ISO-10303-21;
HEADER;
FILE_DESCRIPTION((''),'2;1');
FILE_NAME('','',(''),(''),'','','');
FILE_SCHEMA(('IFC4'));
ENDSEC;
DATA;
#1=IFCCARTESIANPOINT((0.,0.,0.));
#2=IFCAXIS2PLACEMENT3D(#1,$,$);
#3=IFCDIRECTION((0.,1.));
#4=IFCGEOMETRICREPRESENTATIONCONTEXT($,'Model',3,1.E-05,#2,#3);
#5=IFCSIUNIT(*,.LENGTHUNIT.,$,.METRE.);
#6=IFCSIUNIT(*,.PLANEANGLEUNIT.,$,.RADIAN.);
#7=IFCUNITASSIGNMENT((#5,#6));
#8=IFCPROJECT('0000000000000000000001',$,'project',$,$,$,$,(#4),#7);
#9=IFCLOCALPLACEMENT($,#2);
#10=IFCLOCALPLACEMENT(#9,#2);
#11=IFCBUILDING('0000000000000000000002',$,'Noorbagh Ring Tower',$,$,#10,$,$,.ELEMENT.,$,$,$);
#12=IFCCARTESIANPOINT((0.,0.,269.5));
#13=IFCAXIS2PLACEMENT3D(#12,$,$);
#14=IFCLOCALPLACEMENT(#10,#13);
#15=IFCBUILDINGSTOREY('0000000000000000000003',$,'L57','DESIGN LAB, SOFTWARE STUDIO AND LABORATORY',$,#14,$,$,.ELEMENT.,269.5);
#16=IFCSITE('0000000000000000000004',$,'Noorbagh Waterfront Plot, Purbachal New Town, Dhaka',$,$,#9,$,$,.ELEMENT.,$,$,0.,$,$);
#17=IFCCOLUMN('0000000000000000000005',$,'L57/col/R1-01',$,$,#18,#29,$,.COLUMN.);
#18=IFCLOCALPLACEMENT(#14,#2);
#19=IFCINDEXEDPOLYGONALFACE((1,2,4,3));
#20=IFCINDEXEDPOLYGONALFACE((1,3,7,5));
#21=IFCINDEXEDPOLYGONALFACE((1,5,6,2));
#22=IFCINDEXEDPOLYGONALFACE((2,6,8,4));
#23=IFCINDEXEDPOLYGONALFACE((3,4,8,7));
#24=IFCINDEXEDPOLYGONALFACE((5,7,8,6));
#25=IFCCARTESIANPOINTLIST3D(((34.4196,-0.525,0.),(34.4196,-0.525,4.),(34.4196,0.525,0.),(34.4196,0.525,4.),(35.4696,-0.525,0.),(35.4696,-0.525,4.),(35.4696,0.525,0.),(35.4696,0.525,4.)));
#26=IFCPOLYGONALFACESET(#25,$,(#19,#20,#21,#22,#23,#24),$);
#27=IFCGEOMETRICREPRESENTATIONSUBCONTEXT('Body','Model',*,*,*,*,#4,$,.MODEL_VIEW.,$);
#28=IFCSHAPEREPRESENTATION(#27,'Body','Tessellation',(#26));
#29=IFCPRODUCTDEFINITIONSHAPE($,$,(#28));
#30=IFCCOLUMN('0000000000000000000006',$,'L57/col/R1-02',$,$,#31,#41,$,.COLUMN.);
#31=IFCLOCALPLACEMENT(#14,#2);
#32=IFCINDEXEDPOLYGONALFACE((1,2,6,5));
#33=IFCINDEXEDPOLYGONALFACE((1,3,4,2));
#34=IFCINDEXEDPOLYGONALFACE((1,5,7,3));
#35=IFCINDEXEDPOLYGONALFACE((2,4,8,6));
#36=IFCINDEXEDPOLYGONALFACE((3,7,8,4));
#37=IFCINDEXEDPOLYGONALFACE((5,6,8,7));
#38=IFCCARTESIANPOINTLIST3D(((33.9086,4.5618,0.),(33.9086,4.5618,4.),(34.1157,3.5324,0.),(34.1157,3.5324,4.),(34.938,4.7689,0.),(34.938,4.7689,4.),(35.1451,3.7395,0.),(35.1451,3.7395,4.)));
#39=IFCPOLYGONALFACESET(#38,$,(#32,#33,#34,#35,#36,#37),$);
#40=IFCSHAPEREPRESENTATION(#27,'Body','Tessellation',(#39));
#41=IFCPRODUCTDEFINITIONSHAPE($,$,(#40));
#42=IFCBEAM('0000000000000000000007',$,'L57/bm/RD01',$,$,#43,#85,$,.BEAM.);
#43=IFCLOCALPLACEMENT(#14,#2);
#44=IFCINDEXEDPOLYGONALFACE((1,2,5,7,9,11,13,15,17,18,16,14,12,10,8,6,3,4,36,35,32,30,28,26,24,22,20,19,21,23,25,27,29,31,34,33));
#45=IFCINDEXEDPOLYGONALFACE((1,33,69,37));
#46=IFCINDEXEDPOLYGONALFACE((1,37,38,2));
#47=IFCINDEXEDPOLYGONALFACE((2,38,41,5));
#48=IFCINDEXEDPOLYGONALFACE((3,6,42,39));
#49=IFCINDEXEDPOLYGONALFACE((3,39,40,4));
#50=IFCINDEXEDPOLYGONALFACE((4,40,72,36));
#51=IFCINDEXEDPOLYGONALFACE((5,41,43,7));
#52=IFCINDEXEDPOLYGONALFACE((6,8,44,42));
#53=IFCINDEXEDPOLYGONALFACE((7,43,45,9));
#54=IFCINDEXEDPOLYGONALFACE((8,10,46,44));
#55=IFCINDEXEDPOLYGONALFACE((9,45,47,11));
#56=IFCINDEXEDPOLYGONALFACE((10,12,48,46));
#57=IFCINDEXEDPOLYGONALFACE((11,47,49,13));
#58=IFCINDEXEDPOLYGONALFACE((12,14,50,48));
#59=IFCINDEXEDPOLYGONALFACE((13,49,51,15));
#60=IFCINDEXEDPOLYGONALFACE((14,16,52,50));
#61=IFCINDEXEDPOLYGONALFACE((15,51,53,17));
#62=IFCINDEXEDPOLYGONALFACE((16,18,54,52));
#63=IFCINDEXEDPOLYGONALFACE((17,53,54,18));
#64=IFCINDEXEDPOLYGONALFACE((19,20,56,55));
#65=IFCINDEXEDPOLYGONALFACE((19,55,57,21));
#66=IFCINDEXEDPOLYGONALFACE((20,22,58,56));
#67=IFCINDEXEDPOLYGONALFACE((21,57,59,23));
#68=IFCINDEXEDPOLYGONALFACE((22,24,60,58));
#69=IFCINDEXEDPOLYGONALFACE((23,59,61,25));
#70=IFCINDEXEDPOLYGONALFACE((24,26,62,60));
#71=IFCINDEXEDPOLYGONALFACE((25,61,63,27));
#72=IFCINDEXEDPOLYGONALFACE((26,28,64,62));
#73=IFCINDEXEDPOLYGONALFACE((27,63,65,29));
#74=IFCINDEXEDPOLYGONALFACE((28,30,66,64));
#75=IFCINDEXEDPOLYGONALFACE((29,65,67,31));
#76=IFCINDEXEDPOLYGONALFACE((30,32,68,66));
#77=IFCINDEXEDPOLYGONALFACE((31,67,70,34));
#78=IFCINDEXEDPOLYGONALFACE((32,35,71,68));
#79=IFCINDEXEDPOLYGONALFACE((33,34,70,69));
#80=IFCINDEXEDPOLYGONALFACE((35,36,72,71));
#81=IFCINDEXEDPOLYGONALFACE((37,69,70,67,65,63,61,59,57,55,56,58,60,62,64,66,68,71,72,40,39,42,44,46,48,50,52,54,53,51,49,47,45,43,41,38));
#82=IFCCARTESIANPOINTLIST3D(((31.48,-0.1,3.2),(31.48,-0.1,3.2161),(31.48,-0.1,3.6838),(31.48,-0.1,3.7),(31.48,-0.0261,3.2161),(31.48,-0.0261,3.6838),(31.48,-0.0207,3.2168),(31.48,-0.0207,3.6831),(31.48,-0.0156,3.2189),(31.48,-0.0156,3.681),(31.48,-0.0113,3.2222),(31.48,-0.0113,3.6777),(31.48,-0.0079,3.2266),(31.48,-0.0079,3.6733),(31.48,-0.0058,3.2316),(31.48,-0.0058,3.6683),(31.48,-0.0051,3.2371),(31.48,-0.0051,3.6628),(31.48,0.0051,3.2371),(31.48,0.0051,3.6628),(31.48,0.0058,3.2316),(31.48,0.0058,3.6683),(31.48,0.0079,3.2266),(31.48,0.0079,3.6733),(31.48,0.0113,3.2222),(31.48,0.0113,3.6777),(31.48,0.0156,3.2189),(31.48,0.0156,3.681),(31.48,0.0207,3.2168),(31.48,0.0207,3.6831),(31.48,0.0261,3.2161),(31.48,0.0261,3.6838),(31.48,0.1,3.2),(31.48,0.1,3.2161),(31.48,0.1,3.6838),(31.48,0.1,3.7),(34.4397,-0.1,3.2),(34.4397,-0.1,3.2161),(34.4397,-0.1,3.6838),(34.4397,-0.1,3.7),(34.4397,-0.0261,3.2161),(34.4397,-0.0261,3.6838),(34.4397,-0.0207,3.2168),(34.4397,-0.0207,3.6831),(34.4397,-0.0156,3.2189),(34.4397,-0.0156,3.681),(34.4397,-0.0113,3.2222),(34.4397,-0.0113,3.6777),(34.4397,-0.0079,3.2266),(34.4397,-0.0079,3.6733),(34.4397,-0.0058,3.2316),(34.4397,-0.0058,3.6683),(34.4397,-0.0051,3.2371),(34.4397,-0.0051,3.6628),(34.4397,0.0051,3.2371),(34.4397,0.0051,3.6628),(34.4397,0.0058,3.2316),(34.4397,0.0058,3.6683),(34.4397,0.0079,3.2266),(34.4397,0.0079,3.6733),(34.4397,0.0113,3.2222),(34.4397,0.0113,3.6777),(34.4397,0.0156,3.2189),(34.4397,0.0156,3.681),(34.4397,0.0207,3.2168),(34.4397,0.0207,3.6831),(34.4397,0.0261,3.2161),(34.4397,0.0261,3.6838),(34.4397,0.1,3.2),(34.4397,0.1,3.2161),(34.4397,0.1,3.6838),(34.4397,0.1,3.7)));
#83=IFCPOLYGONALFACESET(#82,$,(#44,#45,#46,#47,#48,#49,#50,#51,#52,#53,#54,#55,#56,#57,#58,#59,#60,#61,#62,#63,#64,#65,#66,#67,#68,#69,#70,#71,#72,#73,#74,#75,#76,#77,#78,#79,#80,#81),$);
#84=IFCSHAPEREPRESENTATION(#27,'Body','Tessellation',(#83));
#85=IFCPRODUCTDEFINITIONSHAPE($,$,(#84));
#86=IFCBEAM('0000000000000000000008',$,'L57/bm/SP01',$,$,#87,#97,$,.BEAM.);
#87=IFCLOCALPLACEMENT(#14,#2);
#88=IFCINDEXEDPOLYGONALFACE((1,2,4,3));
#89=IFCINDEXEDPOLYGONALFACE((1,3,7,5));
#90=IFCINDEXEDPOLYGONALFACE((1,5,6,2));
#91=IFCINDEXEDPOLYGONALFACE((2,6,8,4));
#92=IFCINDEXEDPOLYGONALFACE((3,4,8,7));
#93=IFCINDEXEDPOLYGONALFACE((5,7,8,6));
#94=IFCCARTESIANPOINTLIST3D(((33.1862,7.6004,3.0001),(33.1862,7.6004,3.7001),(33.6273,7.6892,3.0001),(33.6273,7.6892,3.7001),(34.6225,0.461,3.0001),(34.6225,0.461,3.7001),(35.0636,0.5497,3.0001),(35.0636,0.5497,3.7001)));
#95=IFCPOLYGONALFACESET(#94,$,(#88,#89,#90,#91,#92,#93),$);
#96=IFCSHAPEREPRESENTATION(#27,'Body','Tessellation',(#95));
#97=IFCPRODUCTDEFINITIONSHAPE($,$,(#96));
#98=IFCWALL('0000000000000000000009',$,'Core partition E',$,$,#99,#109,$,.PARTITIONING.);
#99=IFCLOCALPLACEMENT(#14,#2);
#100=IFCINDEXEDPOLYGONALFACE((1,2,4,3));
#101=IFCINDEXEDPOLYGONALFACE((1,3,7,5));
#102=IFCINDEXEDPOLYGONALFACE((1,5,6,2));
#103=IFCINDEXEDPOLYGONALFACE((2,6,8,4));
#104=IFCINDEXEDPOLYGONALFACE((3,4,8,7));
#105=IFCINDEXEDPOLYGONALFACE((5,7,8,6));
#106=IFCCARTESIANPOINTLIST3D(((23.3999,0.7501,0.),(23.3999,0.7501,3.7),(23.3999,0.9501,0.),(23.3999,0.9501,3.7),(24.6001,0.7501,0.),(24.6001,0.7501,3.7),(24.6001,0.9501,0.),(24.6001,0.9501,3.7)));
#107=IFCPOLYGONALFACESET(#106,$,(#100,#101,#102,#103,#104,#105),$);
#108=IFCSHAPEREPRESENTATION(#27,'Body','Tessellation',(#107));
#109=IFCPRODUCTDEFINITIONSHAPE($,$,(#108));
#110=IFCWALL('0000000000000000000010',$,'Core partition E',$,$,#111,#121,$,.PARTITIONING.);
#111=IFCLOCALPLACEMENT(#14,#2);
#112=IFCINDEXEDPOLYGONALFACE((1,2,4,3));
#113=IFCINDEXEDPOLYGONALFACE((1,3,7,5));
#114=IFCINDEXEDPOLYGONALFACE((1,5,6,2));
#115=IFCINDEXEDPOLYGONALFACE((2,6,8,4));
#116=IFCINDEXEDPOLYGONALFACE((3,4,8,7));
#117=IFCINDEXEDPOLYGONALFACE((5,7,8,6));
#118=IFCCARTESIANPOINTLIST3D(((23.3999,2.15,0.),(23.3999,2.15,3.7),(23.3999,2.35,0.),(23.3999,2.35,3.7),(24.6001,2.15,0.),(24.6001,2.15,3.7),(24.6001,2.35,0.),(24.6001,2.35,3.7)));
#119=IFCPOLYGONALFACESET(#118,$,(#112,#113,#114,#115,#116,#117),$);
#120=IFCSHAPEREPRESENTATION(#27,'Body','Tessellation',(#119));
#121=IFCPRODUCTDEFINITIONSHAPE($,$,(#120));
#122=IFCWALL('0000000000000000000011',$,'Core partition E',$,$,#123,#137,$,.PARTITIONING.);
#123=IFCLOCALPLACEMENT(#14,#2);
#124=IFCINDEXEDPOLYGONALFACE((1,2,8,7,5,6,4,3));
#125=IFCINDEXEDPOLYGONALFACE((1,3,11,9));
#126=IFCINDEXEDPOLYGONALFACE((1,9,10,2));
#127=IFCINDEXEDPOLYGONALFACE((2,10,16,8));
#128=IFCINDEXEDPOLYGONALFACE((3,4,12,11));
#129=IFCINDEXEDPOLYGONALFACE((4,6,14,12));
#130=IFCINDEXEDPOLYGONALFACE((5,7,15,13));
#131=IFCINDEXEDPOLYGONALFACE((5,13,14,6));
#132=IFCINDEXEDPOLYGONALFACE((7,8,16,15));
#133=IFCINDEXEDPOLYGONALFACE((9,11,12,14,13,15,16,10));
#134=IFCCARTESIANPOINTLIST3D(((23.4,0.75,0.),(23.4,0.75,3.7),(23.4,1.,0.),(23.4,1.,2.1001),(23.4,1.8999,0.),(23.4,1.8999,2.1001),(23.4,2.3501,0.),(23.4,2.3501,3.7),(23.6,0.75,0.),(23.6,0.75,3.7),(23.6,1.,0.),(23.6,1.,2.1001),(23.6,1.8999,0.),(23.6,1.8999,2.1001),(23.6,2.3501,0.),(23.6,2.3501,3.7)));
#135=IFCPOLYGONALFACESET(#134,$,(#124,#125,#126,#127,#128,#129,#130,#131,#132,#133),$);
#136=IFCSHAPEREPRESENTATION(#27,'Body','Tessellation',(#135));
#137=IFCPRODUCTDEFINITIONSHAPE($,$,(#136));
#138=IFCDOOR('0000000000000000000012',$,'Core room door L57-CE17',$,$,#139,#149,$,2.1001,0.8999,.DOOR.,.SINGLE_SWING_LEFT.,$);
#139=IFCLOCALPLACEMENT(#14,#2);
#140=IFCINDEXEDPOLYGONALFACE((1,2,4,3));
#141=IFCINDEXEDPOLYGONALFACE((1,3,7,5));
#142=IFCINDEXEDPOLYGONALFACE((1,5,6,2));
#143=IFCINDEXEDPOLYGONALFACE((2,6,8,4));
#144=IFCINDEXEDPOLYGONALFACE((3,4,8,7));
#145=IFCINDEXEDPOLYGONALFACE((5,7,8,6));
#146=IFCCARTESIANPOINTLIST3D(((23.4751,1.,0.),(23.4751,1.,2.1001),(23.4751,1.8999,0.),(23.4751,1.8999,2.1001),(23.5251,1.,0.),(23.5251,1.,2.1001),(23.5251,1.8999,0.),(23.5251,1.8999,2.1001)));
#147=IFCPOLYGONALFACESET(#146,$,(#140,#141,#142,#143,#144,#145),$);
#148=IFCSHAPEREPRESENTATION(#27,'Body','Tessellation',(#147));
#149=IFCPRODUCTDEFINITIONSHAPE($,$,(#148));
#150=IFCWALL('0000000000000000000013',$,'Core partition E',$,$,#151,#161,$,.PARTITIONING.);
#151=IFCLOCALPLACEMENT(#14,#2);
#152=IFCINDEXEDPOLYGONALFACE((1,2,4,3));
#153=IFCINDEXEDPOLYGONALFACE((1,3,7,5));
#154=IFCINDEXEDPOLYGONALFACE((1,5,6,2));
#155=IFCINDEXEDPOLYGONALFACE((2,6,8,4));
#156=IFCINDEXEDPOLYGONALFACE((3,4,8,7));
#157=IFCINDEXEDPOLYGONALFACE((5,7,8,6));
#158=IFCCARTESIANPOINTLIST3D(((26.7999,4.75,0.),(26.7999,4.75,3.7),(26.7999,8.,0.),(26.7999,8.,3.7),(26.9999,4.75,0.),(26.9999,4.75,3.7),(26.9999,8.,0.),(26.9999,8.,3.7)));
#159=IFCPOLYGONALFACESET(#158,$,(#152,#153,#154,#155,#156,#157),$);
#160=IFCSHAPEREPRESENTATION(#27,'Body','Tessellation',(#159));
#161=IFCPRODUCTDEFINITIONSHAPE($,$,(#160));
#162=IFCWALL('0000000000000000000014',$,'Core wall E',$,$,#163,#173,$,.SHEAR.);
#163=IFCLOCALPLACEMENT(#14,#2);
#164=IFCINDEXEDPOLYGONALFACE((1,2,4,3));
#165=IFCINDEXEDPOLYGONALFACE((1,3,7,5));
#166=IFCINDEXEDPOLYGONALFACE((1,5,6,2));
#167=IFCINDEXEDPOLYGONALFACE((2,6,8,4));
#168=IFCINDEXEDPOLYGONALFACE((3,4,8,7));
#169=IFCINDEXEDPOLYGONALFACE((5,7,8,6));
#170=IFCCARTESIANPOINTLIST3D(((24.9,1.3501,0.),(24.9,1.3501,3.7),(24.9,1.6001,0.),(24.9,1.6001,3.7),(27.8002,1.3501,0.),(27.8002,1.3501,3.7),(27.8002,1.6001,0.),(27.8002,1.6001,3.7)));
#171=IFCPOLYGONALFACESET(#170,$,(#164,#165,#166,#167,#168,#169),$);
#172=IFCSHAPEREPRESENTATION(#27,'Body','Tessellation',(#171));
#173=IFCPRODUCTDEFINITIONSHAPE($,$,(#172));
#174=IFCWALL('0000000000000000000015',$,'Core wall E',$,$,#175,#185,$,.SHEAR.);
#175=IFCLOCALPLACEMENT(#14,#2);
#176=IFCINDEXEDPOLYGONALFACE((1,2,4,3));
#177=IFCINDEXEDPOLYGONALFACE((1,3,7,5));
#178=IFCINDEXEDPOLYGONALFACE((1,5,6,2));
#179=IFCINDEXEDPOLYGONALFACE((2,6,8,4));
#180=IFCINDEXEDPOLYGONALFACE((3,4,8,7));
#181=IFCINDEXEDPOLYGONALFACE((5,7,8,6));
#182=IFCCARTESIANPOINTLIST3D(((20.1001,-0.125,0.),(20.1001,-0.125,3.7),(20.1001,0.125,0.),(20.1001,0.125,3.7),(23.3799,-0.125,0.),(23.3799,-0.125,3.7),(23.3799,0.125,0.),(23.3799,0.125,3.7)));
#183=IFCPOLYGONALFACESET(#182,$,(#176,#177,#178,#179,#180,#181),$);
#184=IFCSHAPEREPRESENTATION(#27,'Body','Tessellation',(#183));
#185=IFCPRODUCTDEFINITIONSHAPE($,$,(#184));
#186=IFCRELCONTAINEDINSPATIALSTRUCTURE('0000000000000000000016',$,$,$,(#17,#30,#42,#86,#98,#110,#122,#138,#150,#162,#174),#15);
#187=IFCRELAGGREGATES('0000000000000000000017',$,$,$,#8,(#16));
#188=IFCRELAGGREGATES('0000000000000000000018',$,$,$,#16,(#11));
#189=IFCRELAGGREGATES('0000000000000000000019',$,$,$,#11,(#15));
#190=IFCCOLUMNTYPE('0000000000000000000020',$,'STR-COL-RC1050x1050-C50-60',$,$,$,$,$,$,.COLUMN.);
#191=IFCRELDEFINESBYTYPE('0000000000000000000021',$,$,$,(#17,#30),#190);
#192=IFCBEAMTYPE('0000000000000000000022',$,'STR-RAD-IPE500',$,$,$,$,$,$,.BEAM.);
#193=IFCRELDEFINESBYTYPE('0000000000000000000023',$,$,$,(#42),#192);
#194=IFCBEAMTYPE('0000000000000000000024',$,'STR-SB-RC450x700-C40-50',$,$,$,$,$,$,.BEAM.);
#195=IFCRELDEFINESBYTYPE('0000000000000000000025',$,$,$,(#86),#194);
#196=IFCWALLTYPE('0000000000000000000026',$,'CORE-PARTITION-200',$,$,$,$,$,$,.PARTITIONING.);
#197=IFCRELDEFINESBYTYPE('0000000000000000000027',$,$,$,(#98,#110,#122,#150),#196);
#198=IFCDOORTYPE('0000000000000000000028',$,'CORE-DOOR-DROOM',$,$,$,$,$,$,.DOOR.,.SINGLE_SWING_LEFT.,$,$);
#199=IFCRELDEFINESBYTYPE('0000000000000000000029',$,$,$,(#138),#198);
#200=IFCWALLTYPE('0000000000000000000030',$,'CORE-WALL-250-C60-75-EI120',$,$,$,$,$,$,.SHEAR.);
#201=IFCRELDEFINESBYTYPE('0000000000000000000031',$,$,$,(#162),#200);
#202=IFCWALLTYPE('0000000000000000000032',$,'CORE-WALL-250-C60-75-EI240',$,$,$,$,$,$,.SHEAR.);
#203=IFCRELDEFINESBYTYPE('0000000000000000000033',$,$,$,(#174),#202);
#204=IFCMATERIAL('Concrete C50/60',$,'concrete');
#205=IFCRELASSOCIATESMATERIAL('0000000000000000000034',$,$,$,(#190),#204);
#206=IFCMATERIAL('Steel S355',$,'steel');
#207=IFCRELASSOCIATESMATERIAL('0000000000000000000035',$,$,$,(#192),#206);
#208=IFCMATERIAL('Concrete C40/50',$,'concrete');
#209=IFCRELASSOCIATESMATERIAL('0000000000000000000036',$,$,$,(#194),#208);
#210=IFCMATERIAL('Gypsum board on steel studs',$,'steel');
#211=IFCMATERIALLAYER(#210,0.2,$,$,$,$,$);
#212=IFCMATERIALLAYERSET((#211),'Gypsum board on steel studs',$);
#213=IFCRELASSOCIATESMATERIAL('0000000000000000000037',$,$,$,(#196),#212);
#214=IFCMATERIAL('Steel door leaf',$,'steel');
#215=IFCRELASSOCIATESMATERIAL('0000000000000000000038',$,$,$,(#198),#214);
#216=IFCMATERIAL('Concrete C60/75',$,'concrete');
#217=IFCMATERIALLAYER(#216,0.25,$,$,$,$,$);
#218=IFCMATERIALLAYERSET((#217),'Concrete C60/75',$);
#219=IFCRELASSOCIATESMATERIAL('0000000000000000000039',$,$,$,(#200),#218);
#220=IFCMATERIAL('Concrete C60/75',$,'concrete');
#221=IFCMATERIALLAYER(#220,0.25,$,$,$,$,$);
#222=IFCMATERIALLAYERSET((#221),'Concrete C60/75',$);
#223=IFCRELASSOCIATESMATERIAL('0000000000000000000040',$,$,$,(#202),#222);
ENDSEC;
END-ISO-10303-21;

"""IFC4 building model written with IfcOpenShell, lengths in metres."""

from ifc_helpers import new_model, si_unit, direction, frame, frame_2d, origin, origin_2d, place, context, subcontext, project, spatial, rectangle, i_section, extrude, material, layer, layer_set, material_profile, profile_set, type_object, element, fill, save


model = new_model("IFC4")

# Units and contexts
model_context = context("Model", 3, precision=1e-05, world=origin(), true_north=direction((0.0, 1.0)))
body_context = subcontext(model_context, "Body", "Model", "MODEL_VIEW")
ifc_project = project(units=[si_unit("LENGTHUNIT", "METRE"), si_unit("PLANEANGLEUNIT", "RADIAN")], contexts=[model_context])

# Site, building, storey
site_placement = place(None, origin())
site = spatial("IfcSite", under=ifc_project, at=site_placement, Name="Noorbagh Waterfront Plot, Purbachal New Town, Dhaka", CompositionType="ELEMENT", RefElevation=0.0)
building_placement = place(site_placement, origin())
building = spatial("IfcBuilding", under=site, at=building_placement, Name="Noorbagh Ring Tower", CompositionType="ELEMENT")
storey_placement = place(building_placement, frame((0.0, 0.0, 269.5)))
storey = spatial("IfcBuildingStorey", under=building, at=storey_placement, Name="L57", Description="DESIGN LAB, SOFTWARE STUDIO AND LABORATORY", CompositionType="ELEMENT", Elevation=269.5)

# Columns
ifc_material_1 = material(Name="Concrete C50/60", Category="concrete")
ifc_material_profile_1 = material_profile(ifc_material_1, rectangle(XDim=1.05, YDim=1.05, at=origin_2d()), Name="RC1050x1050")
ifc_profile_set_1 = profile_set([ifc_material_profile_1], Name="Concrete C50/60")
column_type = type_object("IfcColumnType", Name="STR-COL-RC1050x1050-C50-60", PredefinedType="COLUMN", material=ifc_profile_set_1)
for number, where, z_axis, x_axis, name in (
    (1, (34.9446, 0.0, 0.0), (0.0, 0.0, 1.0), (0.0, 1.0, 0.0), "L57/col/R1-01"),
    (2, (34.5269, 4.1506, 0.0), (0.0, 0.0, 1.0), (-0.19723, 0.980357, 0.0), "L57/col/R1-02"),
):
    element("IfcColumn", number, at=place(storey_placement, frame(where, z_axis=z_axis, x_axis=x_axis)), inside=storey, type_object=column_type, Name=name, PredefinedType="COLUMN", context=body_context, shape_type="SweptSolid", body=[
        extrude(rectangle(XDim=1.05, YDim=1.05, at=origin_2d()), origin(), (0.0, 0.0, 1.0), 4.0),
    ])

# Beams
ifc_material_2 = material(Name="Steel S355", Category="steel")
ifc_material_profile_2 = material_profile(ifc_material_2, i_section(OverallWidth=0.2, OverallDepth=0.5, WebThickness=0.0103, FlangeThickness=0.0161, FilletRadius=0.021, at=origin_2d()), Name="IPE500")
ifc_profile_set_2 = profile_set([ifc_material_profile_2], Name="Steel S355")
beam_type_1 = type_object("IfcBeamType", Name="STR-RAD-IPE500", PredefinedType="BEAM", material=ifc_profile_set_2)
beam_1_placement = place(storey_placement, frame((34.4397, 0.0, 3.45), z_axis=(-1.0, 0.0, 0.0), x_axis=(0.0, -1.0, 0.0)))
element("IfcBeam", 3, at=beam_1_placement, inside=storey, type_object=beam_type_1, Name="L57/bm/RD01", PredefinedType="BEAM", context=body_context, shape_type="SweptSolid", body=[
    extrude(i_section(OverallWidth=0.2, OverallDepth=0.5, WebThickness=0.0103, FlangeThickness=0.0161, FilletRadius=0.021, at=origin_2d()), origin(), (0.0, 0.0, 1.0), 2.9597),
])
ifc_material_3 = material(Name="Concrete C40/50", Category="concrete")
ifc_material_profile_3 = material_profile(ifc_material_3, rectangle(XDim=0.45, YDim=0.7, at=origin_2d()), Name="RC450x700")
ifc_profile_set_3 = profile_set([ifc_material_profile_3], Name="Concrete C40/50")
beam_type_2 = type_object("IfcBeamType", Name="STR-SB-RC450x700-C40-50", PredefinedType="BEAM", material=ifc_profile_set_3)
beam_2_placement = place(storey_placement, frame((34.843, 0.5054, 3.3501), z_axis=(-0.197225, 0.980358, 0.0), x_axis=(-0.980358, -0.197225, 0.0)))
element("IfcBeam", 4, at=beam_2_placement, inside=storey, type_object=beam_type_2, Name="L57/bm/SP01", PredefinedType="BEAM", context=body_context, shape_type="SweptSolid", body=[
    extrude(rectangle(XDim=0.45, YDim=0.7, at=origin_2d()), origin(), (0.0, 0.0, 1.0), 7.2825),
])

# Walls
ifc_material_4 = material(Name="Gypsum board on steel studs", Category="steel")
ifc_layer_1 = layer(ifc_material_4, 0.2)
ifc_layer_set_1 = layer_set([ifc_layer_1], Name="Gypsum board on steel studs")
wall_type_1 = type_object("IfcWallType", Name="CORE-PARTITION-200", PredefinedType="PARTITIONING", material=ifc_layer_set_1)
for number, where, z_axis, x_axis, name in (
    (5, (23.3999, 0.8501, 0.0), (0.0, 0.0, 1.0), (1.0, 0.0, 0.0), "Core partition E"),
    (6, (23.3999, 2.25, 0.0), (0.0, 0.0, 1.0), (1.0, 0.0, 0.0), "Core partition E"),
):
    element("IfcWall", number, at=place(storey_placement, frame(where, z_axis=z_axis, x_axis=x_axis)), inside=storey, type_object=wall_type_1, Name=name, PredefinedType="PARTITIONING", context=body_context, shape_type="SweptSolid", body=[
        extrude(rectangle(XDim=1.2002, YDim=0.2, at=frame_2d((0.6001, 0.0))), origin(), (0.0, 0.0, 1.0), 3.7),
    ])

# Wall, opening, door
wall_1_placement = place(storey_placement, frame((23.5, 0.75, 0.0), z_axis=(0.0, 0.0, 1.0), x_axis=(0.0, 1.0, 0.0)))
wall_1 = element("IfcWall", 7, at=wall_1_placement, inside=storey, type_object=wall_type_1, Name="Core partition E", PredefinedType="PARTITIONING", context=body_context, shape_type="SweptSolid", body=[
    extrude(rectangle(XDim=1.6001, YDim=0.2, at=frame_2d((0.8, 0.0))), origin(), (0.0, 0.0, 1.0), 3.7),
])
opening_1_placement = place(wall_1_placement, frame((0.25, 0.0, 0.0)))
opening_1 = element("IfcOpeningElement", 8, at=opening_1_placement, cuts=wall_1, PredefinedType="OPENING", context=body_context, shape_type="SweptSolid", body=[
    extrude(rectangle(XDim=0.8999, YDim=2.1001, at=frame_2d((0.45, 1.05))), frame((0.0, 0.1099, 0.0), z_axis=(0.0, -1.0, 0.0), x_axis=(1.0, 0.0, 0.0)), (0.0, 0.0, 1.0), 0.22),
])
ifc_material_5 = material(Name="Steel door leaf", Category="steel")
door_type_1 = type_object("IfcDoorType", Name="CORE-DOOR-DROOM", OperationType="SINGLE_SWING_LEFT", PredefinedType="DOOR", material=ifc_material_5)
door_1_placement = place(opening_1_placement, origin())
door_1 = element("IfcDoor", 9, at=door_1_placement, inside=storey, type_object=door_type_1, Name="Core room door L57-CE17", OperationType="SINGLE_SWING_LEFT", OverallHeight=2.1001, OverallWidth=0.8999, PredefinedType="DOOR", context=body_context, shape_type="SweptSolid", body=[
    extrude(rectangle(XDim=0.8999, YDim=2.1001, at=frame_2d((0.45, 1.05))), frame((0.0, 0.0249, 0.0), z_axis=(0.0, -1.0, 0.0), x_axis=(1.0, 0.0, 0.0)), (0.0, 0.0, 1.0), 0.05),
])
fill(opening_1, door_1)

# Walls
wall_2_placement = place(storey_placement, frame((26.8999, 4.75, 0.0), z_axis=(0.0, 0.0, 1.0), x_axis=(0.0, 1.0, 0.0)))
element("IfcWall", 10, at=wall_2_placement, inside=storey, type_object=wall_type_1, Name="Core partition E", PredefinedType="PARTITIONING", context=body_context, shape_type="SweptSolid", body=[
    extrude(rectangle(XDim=3.25, YDim=0.2, at=frame_2d((1.625, 0.0))), origin(), (0.0, 0.0, 1.0), 3.7),
])
ifc_material_6 = material(Name="Concrete C60/75", Category="concrete")
ifc_layer_2 = layer(ifc_material_6, 0.25)
ifc_layer_set_2 = layer_set([ifc_layer_2], Name="Concrete C60/75")
wall_type_2 = type_object("IfcWallType", Name="CORE-WALL-250-C60-75-EI120", PredefinedType="SHEAR", material=ifc_layer_set_2)
wall_3_placement = place(storey_placement, frame((24.8999, 1.4751, 0.0), z_axis=(0.0, 0.0, 1.0), x_axis=(1.0, 0.0, 0.0)))
element("IfcWall", 11, at=wall_3_placement, inside=storey, type_object=wall_type_2, Name="Core wall E", PredefinedType="SHEAR", context=body_context, shape_type="SweptSolid", body=[
    extrude(rectangle(XDim=2.9001, YDim=0.25, at=frame_2d((1.4502, 0.0))), origin(), (0.0, 0.0, 1.0), 3.7),
])
ifc_material_7 = material(Name="Concrete C60/75", Category="concrete")
ifc_layer_3 = layer(ifc_material_7, 0.25)
ifc_layer_set_3 = layer_set([ifc_layer_3], Name="Concrete C60/75")
wall_type_3 = type_object("IfcWallType", Name="CORE-WALL-250-C60-75-EI240", PredefinedType="SHEAR", material=ifc_layer_set_3)
wall_4_placement = place(storey_placement, frame((20.1001, 0.0, 0.0), z_axis=(0.0, 0.0, 1.0), x_axis=(1.0, 0.0, 0.0)))
element("IfcWall", 12, at=wall_4_placement, inside=storey, type_object=wall_type_3, Name="Core wall E", PredefinedType="SHEAR", context=body_context, shape_type="SweptSolid", body=[
    extrude(rectangle(XDim=3.2798, YDim=0.25, at=frame_2d((1.6399, 0.0))), origin(), (0.0, 0.0, 1.0), 3.7),
])

save(model, "model.ifc")
